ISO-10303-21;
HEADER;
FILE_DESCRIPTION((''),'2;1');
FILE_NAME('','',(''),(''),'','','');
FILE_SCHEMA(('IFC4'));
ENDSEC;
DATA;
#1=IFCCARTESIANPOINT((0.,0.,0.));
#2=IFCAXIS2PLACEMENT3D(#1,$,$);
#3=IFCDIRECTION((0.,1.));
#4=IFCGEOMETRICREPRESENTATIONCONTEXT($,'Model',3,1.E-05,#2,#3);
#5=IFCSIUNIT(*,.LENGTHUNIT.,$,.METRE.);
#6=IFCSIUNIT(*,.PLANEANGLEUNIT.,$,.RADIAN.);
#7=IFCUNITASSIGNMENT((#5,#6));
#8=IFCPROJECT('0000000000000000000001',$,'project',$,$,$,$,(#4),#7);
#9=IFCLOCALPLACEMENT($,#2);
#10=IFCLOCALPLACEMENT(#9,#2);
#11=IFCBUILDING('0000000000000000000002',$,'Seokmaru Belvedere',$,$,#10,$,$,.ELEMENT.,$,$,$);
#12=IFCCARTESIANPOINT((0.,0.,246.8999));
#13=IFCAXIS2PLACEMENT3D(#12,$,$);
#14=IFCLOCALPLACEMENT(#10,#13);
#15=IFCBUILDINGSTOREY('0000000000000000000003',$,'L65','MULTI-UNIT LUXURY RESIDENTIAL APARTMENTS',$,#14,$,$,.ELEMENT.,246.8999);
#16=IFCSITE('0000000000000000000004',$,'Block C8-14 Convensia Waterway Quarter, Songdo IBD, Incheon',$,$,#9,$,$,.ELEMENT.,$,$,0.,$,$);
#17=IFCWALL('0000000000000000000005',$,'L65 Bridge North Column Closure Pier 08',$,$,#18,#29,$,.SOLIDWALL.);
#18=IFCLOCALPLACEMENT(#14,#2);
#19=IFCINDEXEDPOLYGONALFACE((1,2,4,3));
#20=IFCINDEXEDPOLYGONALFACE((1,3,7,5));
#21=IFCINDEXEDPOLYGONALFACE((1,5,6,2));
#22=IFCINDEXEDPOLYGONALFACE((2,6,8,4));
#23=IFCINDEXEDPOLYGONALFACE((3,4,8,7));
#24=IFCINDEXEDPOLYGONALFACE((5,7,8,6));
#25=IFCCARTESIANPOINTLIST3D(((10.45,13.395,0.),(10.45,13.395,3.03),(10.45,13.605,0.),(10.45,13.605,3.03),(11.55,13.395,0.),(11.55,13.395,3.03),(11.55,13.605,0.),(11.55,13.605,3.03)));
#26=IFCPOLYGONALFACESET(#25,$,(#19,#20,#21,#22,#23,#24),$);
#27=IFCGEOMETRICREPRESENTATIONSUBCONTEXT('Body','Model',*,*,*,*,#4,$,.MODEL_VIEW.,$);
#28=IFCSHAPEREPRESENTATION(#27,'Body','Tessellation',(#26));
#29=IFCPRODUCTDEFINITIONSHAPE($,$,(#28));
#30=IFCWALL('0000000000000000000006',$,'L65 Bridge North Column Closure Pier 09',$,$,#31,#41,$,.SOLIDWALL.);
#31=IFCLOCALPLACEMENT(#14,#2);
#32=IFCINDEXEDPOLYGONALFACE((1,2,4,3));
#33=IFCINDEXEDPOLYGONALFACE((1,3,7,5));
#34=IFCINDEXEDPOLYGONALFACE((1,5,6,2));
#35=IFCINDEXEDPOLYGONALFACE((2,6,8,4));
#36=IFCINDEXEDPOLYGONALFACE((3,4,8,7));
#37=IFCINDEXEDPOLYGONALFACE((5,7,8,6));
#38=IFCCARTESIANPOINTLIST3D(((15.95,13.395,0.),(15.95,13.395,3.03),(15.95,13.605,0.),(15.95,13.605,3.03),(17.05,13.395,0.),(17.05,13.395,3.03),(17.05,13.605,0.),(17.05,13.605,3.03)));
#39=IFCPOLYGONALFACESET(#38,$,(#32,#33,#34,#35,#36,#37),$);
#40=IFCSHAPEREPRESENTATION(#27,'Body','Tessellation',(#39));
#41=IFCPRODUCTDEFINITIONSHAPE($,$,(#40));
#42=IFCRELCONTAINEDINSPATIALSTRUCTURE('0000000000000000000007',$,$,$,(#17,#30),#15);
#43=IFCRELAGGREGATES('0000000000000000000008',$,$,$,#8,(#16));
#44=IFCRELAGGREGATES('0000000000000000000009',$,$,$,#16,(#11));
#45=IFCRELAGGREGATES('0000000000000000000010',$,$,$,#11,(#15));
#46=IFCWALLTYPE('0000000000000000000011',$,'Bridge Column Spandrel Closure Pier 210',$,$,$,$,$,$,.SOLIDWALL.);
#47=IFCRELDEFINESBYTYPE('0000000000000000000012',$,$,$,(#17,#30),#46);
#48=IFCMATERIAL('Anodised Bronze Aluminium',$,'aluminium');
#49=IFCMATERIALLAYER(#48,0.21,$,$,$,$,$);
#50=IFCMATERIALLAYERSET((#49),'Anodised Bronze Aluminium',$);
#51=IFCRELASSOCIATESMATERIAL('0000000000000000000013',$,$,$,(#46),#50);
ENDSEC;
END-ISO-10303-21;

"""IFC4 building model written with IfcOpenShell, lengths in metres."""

from ifc_helpers import new_model, si_unit, direction, frame, frame_2d, origin, place, context, subcontext, project, spatial, rectangle, extrude, material, layer, layer_set, type_object, element, save


model = new_model("IFC4")

# Units and contexts
model_context = context("Model", 3, precision=1e-05, world=origin(), true_north=direction((0.0, 1.0)))
body_context = subcontext(model_context, "Body", "Model", "MODEL_VIEW")
ifc_project = project(units=[si_unit("LENGTHUNIT", "METRE"), si_unit("PLANEANGLEUNIT", "RADIAN")], contexts=[model_context])

# Site, building, storey
site_placement = place(None, origin())
site = spatial("IfcSite", under=ifc_project, at=site_placement, Name="Block C8-14 Convensia Waterway Quarter, Songdo IBD, Incheon", CompositionType="ELEMENT", RefElevation=0.0)
building_placement = place(site_placement, origin())
building = spatial("IfcBuilding", under=site, at=building_placement, Name="Seokmaru Belvedere", CompositionType="ELEMENT")
storey_placement = place(building_placement, frame((0.0, 0.0, 246.8999)))
storey = spatial("IfcBuildingStorey", under=building, at=storey_placement, Name="L65", Description="MULTI-UNIT LUXURY RESIDENTIAL APARTMENTS", CompositionType="ELEMENT", Elevation=246.8999)

# Shared definitions
ifc_material_1 = material(Name="Anodised Bronze Aluminium", Category="aluminium")

# Walls
ifc_layer_1 = layer(ifc_material_1, 0.21)
ifc_layer_set_1 = layer_set([ifc_layer_1], Name="Anodised Bronze Aluminium")
wall_type_1 = type_object("IfcWallType", Name="Bridge Column Spandrel Closure Pier 210", PredefinedType="SOLIDWALL", material=ifc_layer_set_1)
for number, where, z_axis, x_axis, name in (
    (1, (10.45, 13.5, 0.0), (0.0, 0.0, 1.0), (1.0, 0.0, 0.0), "L65 Bridge North Column Closure Pier 08"),
    (2, (15.95, 13.5, 0.0), (0.0, 0.0, 1.0), (1.0, 0.0, 0.0), "L65 Bridge North Column Closure Pier 09"),
):
    element("IfcWall", number, at=place(storey_placement, frame(where, z_axis=z_axis, x_axis=x_axis)), inside=storey, type_object=wall_type_1, Name=name, PredefinedType="SOLIDWALL", context=body_context, shape_type="SweptSolid", body=[
        extrude(rectangle(XDim=1.1001, YDim=0.21, at=frame_2d((0.55, 0.0))), origin(), (0.0, 0.0, 1.0), 3.03),
    ])

save(model, "model.ifc")
